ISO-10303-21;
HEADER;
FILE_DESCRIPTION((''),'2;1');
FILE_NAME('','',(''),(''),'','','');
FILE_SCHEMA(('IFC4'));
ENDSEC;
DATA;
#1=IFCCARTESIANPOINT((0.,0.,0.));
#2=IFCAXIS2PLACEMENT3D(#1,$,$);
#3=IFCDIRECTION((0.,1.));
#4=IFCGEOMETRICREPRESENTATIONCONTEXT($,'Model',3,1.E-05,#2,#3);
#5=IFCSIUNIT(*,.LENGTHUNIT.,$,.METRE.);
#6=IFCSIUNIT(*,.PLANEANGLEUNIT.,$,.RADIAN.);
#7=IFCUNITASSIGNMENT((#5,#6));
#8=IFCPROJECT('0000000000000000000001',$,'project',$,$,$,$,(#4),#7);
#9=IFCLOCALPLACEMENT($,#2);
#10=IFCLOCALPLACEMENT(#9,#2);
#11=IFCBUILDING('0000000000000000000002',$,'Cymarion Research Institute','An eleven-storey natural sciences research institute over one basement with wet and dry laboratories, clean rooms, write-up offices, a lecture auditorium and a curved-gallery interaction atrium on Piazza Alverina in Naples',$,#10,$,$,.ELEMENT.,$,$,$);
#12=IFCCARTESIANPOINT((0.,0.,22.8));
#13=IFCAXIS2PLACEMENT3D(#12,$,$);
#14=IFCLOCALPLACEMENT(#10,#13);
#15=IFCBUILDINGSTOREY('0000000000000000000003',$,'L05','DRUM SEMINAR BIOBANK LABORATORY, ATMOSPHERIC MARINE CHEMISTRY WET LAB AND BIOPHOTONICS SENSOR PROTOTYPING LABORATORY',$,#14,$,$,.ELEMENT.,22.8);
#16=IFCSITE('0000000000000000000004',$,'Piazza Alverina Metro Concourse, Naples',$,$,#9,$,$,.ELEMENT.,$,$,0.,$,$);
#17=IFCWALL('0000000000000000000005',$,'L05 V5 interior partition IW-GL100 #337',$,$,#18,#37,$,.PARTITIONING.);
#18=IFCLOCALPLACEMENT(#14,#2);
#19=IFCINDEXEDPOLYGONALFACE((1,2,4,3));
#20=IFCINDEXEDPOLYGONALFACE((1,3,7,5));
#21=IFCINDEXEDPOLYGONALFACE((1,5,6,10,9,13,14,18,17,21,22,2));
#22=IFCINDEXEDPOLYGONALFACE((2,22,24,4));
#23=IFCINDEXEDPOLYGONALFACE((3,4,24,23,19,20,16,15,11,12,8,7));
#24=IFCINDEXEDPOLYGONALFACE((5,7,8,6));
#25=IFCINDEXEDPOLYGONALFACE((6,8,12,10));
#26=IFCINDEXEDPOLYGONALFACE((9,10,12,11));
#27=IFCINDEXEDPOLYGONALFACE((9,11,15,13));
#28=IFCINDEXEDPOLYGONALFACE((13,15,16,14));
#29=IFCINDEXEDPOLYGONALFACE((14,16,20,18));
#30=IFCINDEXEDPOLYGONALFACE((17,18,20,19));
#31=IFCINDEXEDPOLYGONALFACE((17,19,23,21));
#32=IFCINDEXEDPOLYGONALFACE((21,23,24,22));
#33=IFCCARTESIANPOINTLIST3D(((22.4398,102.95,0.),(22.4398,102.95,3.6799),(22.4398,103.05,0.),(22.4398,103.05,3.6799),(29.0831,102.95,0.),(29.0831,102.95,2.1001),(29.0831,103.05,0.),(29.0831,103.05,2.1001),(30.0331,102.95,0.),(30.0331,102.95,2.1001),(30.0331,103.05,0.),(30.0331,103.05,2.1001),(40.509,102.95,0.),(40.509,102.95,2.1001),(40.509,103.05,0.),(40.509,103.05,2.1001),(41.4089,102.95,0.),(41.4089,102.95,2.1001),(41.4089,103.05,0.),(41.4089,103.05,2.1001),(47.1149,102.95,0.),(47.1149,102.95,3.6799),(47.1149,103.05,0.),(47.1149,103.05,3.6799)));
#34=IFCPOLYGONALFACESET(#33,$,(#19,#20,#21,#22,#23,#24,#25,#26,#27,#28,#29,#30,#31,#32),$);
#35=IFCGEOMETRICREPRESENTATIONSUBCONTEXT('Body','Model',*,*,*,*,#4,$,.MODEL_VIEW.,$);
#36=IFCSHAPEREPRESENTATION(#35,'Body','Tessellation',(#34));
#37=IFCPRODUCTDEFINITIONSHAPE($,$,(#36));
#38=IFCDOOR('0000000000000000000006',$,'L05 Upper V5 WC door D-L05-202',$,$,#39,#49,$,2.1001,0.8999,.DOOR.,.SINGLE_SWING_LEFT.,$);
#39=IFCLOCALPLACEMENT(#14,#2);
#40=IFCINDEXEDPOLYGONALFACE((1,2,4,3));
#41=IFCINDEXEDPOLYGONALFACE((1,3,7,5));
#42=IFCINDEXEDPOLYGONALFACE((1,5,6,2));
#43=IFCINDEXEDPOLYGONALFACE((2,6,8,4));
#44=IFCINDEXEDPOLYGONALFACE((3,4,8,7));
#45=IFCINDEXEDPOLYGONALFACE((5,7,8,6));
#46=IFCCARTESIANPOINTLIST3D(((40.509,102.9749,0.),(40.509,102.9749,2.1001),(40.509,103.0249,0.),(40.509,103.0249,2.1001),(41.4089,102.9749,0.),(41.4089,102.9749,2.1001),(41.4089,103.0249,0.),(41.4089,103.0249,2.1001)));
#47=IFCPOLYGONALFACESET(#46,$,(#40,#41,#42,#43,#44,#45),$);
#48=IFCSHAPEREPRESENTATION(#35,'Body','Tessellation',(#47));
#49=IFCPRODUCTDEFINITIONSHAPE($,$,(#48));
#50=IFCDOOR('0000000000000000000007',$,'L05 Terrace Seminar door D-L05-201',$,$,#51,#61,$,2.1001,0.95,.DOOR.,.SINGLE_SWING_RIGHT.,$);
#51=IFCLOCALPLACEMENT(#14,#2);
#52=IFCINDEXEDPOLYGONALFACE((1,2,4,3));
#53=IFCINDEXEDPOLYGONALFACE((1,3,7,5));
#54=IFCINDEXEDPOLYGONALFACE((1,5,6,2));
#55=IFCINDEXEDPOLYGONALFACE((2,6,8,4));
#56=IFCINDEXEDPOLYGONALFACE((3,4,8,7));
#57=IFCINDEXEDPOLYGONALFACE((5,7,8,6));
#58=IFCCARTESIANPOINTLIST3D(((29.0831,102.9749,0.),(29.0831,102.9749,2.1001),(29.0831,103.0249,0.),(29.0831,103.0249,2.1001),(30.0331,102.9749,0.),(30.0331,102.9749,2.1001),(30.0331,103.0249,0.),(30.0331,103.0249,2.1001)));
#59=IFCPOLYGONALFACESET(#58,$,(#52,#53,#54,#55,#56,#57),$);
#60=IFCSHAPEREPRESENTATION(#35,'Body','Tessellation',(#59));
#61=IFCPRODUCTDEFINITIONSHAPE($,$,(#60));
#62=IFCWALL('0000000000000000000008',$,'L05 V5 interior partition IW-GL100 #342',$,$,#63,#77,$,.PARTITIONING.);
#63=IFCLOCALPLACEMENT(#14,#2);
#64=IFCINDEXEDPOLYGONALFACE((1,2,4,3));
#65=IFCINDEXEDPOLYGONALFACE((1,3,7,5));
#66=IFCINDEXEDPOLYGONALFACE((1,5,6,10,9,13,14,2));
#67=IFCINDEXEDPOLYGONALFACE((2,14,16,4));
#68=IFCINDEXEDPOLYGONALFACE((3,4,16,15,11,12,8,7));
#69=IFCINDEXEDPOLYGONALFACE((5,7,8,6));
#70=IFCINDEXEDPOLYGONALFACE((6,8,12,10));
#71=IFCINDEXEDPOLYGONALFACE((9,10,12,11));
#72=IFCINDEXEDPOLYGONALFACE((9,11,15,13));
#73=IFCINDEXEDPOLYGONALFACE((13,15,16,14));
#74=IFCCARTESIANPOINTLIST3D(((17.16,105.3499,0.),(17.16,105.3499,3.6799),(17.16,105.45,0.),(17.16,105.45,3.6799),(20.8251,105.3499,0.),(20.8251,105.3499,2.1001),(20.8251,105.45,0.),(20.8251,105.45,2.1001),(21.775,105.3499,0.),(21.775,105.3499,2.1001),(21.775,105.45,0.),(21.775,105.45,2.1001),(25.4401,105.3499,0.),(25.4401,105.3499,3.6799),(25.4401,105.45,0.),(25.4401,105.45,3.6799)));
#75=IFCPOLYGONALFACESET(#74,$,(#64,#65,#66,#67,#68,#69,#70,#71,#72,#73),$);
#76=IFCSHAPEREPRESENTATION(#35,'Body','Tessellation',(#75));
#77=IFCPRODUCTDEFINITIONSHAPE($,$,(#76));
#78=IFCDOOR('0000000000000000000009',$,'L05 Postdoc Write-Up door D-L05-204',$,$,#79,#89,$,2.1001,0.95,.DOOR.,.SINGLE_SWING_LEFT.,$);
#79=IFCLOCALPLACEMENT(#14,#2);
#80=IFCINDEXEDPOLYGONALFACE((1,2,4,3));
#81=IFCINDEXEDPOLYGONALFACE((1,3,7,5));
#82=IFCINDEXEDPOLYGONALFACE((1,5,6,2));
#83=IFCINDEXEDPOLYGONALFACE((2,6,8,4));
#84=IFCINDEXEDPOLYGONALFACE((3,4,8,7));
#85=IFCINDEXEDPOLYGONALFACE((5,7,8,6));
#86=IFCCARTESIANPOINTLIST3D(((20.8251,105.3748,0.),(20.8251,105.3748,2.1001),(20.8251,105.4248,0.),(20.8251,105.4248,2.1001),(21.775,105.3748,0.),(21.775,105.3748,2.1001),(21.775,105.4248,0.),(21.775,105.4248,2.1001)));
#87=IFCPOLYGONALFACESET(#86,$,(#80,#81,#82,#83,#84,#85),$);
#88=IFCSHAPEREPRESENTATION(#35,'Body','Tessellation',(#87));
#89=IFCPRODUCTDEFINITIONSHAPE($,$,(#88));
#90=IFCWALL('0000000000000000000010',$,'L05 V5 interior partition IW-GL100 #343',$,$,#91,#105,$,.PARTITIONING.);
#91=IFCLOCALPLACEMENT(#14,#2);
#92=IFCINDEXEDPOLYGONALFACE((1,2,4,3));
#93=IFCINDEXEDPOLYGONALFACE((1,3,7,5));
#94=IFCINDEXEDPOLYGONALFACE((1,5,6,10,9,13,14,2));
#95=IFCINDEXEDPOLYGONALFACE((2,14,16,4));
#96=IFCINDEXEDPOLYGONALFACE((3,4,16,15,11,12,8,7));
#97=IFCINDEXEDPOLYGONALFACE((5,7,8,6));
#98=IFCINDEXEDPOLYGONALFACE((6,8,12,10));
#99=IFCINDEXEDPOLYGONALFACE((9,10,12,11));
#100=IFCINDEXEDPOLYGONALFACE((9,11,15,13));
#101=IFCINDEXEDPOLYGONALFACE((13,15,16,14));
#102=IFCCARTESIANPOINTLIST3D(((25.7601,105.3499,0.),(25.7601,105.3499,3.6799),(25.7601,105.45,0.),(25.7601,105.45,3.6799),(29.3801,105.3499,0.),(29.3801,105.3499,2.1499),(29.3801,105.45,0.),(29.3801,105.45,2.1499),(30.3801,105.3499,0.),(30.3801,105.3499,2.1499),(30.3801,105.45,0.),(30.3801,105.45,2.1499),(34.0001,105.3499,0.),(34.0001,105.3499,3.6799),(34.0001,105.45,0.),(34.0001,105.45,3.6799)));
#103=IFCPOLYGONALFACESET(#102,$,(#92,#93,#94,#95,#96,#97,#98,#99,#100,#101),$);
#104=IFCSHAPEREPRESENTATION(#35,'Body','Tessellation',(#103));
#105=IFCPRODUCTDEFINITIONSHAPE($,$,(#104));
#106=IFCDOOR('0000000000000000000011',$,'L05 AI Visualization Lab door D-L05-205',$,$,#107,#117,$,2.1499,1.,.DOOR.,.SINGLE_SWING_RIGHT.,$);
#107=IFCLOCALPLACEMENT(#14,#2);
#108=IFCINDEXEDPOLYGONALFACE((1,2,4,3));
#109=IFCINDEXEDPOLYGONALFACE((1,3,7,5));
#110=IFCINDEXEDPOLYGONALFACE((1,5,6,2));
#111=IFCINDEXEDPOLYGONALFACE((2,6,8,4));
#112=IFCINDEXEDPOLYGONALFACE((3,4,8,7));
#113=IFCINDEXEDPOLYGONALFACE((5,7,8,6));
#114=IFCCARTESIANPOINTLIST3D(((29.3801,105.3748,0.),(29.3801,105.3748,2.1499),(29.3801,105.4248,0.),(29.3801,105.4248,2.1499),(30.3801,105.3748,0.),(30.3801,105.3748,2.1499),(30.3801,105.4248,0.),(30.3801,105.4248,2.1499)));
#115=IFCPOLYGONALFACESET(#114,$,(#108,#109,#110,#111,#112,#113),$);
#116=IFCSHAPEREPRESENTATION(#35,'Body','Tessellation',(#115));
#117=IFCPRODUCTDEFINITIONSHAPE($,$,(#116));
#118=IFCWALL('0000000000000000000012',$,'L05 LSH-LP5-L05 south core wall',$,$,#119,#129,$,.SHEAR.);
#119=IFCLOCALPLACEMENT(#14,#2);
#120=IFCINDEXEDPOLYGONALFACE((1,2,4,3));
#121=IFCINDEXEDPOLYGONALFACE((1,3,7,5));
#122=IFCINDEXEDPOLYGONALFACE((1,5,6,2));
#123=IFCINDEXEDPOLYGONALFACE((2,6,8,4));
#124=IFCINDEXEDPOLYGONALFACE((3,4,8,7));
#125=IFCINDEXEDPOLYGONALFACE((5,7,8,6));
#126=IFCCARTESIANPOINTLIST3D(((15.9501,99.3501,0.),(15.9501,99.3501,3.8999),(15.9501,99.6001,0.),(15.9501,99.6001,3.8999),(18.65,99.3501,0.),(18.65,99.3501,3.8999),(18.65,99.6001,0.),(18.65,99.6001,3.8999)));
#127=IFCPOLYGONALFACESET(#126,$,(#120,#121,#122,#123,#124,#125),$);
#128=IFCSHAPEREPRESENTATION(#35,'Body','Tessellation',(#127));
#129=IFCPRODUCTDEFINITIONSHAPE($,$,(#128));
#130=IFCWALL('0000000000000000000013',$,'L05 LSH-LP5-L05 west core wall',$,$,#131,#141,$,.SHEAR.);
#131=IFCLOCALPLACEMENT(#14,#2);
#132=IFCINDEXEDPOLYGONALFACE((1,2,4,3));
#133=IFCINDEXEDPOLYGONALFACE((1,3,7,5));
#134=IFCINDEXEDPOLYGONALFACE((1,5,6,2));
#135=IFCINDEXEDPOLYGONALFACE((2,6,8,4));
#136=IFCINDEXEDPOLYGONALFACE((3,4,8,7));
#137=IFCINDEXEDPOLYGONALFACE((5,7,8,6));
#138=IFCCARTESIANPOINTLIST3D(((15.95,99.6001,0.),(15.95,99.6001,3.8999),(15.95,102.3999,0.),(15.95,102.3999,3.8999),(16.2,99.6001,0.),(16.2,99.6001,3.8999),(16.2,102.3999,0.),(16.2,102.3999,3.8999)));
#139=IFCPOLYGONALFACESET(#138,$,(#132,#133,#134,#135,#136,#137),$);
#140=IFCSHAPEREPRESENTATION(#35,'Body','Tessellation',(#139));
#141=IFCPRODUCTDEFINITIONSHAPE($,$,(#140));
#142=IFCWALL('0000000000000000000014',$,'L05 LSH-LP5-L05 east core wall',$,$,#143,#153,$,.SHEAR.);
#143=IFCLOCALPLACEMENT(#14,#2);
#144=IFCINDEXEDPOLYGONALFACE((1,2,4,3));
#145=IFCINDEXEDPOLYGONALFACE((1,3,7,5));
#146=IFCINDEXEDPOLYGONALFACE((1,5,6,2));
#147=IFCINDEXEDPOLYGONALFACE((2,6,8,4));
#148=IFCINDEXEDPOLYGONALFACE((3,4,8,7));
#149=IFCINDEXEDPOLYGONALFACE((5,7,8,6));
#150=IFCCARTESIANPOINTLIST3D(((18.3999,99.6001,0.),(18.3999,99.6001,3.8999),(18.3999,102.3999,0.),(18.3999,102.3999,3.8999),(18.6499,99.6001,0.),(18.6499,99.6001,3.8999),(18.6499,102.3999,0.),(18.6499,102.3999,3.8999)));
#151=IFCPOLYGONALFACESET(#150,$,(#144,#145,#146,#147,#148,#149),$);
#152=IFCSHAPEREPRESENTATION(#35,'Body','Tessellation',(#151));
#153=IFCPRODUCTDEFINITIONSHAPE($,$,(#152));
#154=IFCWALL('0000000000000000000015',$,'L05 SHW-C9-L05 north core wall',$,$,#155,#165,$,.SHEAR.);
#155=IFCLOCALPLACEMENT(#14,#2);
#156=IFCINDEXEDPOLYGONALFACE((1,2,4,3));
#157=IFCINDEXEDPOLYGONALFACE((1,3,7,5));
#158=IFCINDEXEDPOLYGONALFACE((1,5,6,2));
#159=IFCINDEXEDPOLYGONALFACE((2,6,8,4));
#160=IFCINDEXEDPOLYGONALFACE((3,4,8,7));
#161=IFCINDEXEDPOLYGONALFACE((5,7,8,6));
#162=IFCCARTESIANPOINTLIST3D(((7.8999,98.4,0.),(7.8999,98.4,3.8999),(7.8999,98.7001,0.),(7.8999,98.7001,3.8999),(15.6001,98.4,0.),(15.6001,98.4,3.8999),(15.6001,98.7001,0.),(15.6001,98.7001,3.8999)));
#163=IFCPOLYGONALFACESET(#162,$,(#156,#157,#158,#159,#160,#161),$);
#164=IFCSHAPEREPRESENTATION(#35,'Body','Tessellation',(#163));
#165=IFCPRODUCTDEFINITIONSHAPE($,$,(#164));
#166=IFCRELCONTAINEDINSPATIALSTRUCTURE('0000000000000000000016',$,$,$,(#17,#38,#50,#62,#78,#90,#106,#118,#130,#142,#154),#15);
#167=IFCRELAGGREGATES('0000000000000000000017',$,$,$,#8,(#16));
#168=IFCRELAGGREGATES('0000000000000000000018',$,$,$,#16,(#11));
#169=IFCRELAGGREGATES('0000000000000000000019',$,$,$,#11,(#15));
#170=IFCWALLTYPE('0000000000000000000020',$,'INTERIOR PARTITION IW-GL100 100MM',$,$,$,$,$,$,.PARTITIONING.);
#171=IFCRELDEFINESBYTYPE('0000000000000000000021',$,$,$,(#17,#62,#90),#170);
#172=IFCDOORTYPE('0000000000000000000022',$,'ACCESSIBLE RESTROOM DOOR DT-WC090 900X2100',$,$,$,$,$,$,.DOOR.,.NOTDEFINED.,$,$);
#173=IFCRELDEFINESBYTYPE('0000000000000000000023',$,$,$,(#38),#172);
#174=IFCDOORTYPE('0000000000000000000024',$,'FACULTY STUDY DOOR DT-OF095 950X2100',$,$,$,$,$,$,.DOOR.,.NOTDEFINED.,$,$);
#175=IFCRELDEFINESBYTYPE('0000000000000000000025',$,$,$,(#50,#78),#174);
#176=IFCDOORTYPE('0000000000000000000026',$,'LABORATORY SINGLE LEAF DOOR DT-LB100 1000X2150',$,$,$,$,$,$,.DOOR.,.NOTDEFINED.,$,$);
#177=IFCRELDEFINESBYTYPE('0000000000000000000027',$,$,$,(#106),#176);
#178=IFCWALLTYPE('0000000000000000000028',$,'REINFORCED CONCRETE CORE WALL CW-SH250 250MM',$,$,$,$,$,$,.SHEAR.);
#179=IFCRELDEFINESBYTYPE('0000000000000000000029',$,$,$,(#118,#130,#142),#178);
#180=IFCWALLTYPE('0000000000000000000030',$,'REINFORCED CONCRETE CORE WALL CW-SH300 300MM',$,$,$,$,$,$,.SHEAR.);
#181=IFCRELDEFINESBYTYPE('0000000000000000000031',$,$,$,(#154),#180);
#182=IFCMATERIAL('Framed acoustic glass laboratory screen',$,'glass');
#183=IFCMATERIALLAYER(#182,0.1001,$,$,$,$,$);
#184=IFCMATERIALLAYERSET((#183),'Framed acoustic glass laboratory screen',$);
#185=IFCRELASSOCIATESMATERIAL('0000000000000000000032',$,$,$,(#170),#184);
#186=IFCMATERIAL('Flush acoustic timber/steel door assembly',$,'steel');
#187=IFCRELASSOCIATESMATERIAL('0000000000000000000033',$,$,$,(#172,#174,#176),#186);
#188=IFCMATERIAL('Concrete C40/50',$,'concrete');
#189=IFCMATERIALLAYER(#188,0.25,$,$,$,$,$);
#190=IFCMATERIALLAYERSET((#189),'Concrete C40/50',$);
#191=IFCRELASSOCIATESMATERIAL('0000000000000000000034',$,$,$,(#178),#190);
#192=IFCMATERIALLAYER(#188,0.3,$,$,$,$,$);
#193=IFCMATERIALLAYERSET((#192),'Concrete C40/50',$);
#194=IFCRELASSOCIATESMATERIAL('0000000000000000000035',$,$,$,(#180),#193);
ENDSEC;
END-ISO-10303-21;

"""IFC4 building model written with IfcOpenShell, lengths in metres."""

from ifc_helpers import new_model, si_unit, direction, frame, frame_2d, origin, place, context, subcontext, project, spatial, rectangle, extrude, material, layer, layer_set, type_object, element, fill, save


model = new_model("IFC4")

# Units and contexts
model_context = context("Model", 3, precision=1e-05, world=origin(), true_north=direction((0.0, 1.0)))
body_context = subcontext(model_context, "Body", "Model", "MODEL_VIEW")
ifc_project = project(units=[si_unit("LENGTHUNIT", "METRE"), si_unit("PLANEANGLEUNIT", "RADIAN")], contexts=[model_context])

# Site, building, storey
site_placement = place(None, origin())
site = spatial("IfcSite", under=ifc_project, at=site_placement, Name="Piazza Alverina Metro Concourse, Naples", CompositionType="ELEMENT", RefElevation=0.0)
building_placement = place(site_placement, origin())
building = spatial("IfcBuilding", under=site, at=building_placement, Name="Cymarion Research Institute", Description="An eleven-storey natural sciences research institute over one basement with wet and dry laboratories, clean rooms, write-up offices, a lecture auditorium and a curved-gallery interaction atrium on Piazza Alverina in Naples", CompositionType="ELEMENT")
storey_placement = place(building_placement, frame((0.0, 0.0, 22.8)))
storey = spatial("IfcBuildingStorey", under=building, at=storey_placement, Name="L05", Description="DRUM SEMINAR BIOBANK LABORATORY, ATMOSPHERIC MARINE CHEMISTRY WET LAB AND BIOPHOTONICS SENSOR PROTOTYPING LABORATORY", CompositionType="ELEMENT", Elevation=22.8)

# Wall, openings, doors
ifc_material_1 = material(Name="Framed acoustic glass laboratory screen", Category="glass")
ifc_layer_1 = layer(ifc_material_1, 0.1001)
ifc_layer_set_1 = layer_set([ifc_layer_1], Name="Framed acoustic glass laboratory screen")
wall_type_1 = type_object("IfcWallType", Name="INTERIOR PARTITION IW-GL100 100MM", PredefinedType="PARTITIONING", material=ifc_layer_set_1)
wall_1_placement = place(storey_placement, frame((22.4399, 103.0, 0.0), z_axis=(0.0, 0.0, 1.0), x_axis=(1.0, 0.0, 0.0)))
wall_1 = element("IfcWall", 1, at=wall_1_placement, inside=storey, type_object=wall_type_1, Name="L05 V5 interior partition IW-GL100 #337", PredefinedType="PARTITIONING", context=body_context, shape_type="SweptSolid", body=[
    extrude(rectangle(XDim=24.675, YDim=0.1001, at=frame_2d((12.3374, 0.0))), origin(), (0.0, 0.0, 1.0), 3.6799),
])
opening_1_placement = place(wall_1_placement, frame((6.6431, 0.0, 0.0)))
opening_1 = element("IfcOpeningElement", 2, at=opening_1_placement, cuts=wall_1, PredefinedType="OPENING", context=body_context, shape_type="SweptSolid", body=[
    extrude(rectangle(XDim=0.95, YDim=2.1001, at=frame_2d((0.4751, 1.05))), frame((0.0, 0.0601, 0.0), z_axis=(0.0, -1.0, 0.0), x_axis=(1.0, 0.0, 0.0)), (0.0, 0.0, 1.0), 0.1201),
])
opening_2_placement = place(wall_1_placement, frame((18.0691, 0.0, 0.0)))
opening_2 = element("IfcOpeningElement", 3, at=opening_2_placement, cuts=wall_1, PredefinedType="OPENING", context=body_context, shape_type="SweptSolid", body=[
    extrude(rectangle(XDim=0.8999, YDim=2.1001, at=frame_2d((0.45, 1.05))), frame((0.0, 0.0601, 0.0), z_axis=(0.0, -1.0, 0.0), x_axis=(1.0, 0.0, 0.0)), (0.0, 0.0, 1.0), 0.1201),
])
ifc_material_2 = material(Name="Flush acoustic timber/steel door assembly", Category="steel")
door_type_1 = type_object("IfcDoorType", Name="ACCESSIBLE RESTROOM DOOR DT-WC090 900X2100", OperationType="NOTDEFINED", PredefinedType="DOOR", material=ifc_material_2)
door_1_placement = place(opening_2_placement, origin())
door_1 = element("IfcDoor", 4, at=door_1_placement, inside=storey, type_object=door_type_1, Name="L05 Upper V5 WC door D-L05-202", OperationType="SINGLE_SWING_LEFT", OverallHeight=2.1001, OverallWidth=0.8999, PredefinedType="DOOR", context=body_context, shape_type="SweptSolid", body=[
    extrude(rectangle(XDim=0.8999, YDim=2.1001, at=frame_2d((0.45, 1.05))), frame((0.0, 0.0249, 0.0), z_axis=(0.0, -1.0, 0.0), x_axis=(1.0, 0.0, 0.0)), (0.0, 0.0, 1.0), 0.05),
])
fill(opening_2, door_1)
door_type_2 = type_object("IfcDoorType", Name="FACULTY STUDY DOOR DT-OF095 950X2100", OperationType="NOTDEFINED", PredefinedType="DOOR", material=ifc_material_2)
door_2_placement = place(opening_1_placement, origin())
door_2 = element("IfcDoor", 5, at=door_2_placement, inside=storey, type_object=door_type_2, Name="L05 Terrace Seminar door D-L05-201", OperationType="SINGLE_SWING_RIGHT", OverallHeight=2.1001, OverallWidth=0.95, PredefinedType="DOOR", context=body_context, shape_type="SweptSolid", body=[
    extrude(rectangle(XDim=0.95, YDim=2.1001, at=frame_2d((0.4751, 1.05))), frame((0.0, 0.0249, 0.0), z_axis=(0.0, -1.0, 0.0), x_axis=(1.0, 0.0, 0.0)), (0.0, 0.0, 1.0), 0.05),
])
fill(opening_1, door_2)

# Walls, openings, doors
wall_2_placement = place(storey_placement, frame((17.1599, 105.3999, 0.0), z_axis=(0.0, 0.0, 1.0), x_axis=(1.0, 0.0, 0.0)))
wall_2 = element("IfcWall", 6, at=wall_2_placement, inside=storey, type_object=wall_type_1, Name="L05 V5 interior partition IW-GL100 #342", PredefinedType="PARTITIONING", context=body_context, shape_type="SweptSolid", body=[
    extrude(rectangle(XDim=8.28, YDim=0.1001, at=frame_2d((4.1401, 0.0))), origin(), (0.0, 0.0, 1.0), 3.6799),
])
opening_3_placement = place(wall_2_placement, frame((3.665, 0.0, 0.0)))
opening_3 = element("IfcOpeningElement", 7, at=opening_3_placement, cuts=wall_2, PredefinedType="OPENING", context=body_context, shape_type="SweptSolid", body=[
    extrude(rectangle(XDim=0.95, YDim=2.1001, at=frame_2d((0.4751, 1.05))), frame((0.0, 0.0601, 0.0), z_axis=(0.0, -1.0, 0.0), x_axis=(1.0, 0.0, 0.0)), (0.0, 0.0, 1.0), 0.1201),
])
door_3_placement = place(opening_3_placement, origin())
door_3 = element("IfcDoor", 8, at=door_3_placement, inside=storey, type_object=door_type_2, Name="L05 Postdoc Write-Up door D-L05-204", OperationType="SINGLE_SWING_LEFT", OverallHeight=2.1001, OverallWidth=0.95, PredefinedType="DOOR", context=body_context, shape_type="SweptSolid", body=[
    extrude(rectangle(XDim=0.95, YDim=2.1001, at=frame_2d((0.4751, 1.05))), frame((0.0, 0.0249, 0.0), z_axis=(0.0, -1.0, 0.0), x_axis=(1.0, 0.0, 0.0)), (0.0, 0.0, 1.0), 0.05),
])
fill(opening_3, door_3)
wall_3_placement = place(storey_placement, frame((25.76, 105.3999, 0.0), z_axis=(0.0, 0.0, 1.0), x_axis=(1.0, 0.0, 0.0)))
wall_3 = element("IfcWall", 9, at=wall_3_placement, inside=storey, type_object=wall_type_1, Name="L05 V5 interior partition IW-GL100 #343", PredefinedType="PARTITIONING", context=body_context, shape_type="SweptSolid", body=[
    extrude(rectangle(XDim=8.24, YDim=0.1001, at=frame_2d((4.1201, 0.0))), origin(), (0.0, 0.0, 1.0), 3.6799),
])
opening_4_placement = place(wall_3_placement, frame((3.6201, 0.0, 0.0)))
opening_4 = element("IfcOpeningElement", 10, at=opening_4_placement, cuts=wall_3, PredefinedType="OPENING", context=body_context, shape_type="SweptSolid", body=[
    extrude(rectangle(XDim=1.0, YDim=2.1499, at=frame_2d((0.5, 1.075))), frame((0.0, 0.0601, 0.0), z_axis=(0.0, -1.0, 0.0), x_axis=(1.0, 0.0, 0.0)), (0.0, 0.0, 1.0), 0.1201),
])
door_type_3 = type_object("IfcDoorType", Name="LABORATORY SINGLE LEAF DOOR DT-LB100 1000X2150", OperationType="NOTDEFINED", PredefinedType="DOOR", material=ifc_material_2)
door_4_placement = place(opening_4_placement, origin())
door_4 = element("IfcDoor", 11, at=door_4_placement, inside=storey, type_object=door_type_3, Name="L05 AI Visualization Lab door D-L05-205", OperationType="SINGLE_SWING_RIGHT", OverallHeight=2.1499, OverallWidth=1.0, PredefinedType="DOOR", context=body_context, shape_type="SweptSolid", body=[
    extrude(rectangle(XDim=1.0, YDim=2.1499, at=frame_2d((0.5, 1.075))), frame((0.0, 0.0249, 0.0), z_axis=(0.0, -1.0, 0.0), x_axis=(1.0, 0.0, 0.0)), (0.0, 0.0, 1.0), 0.05),
])
fill(opening_4, door_4)

# Wall
ifc_material_3 = material(Name="Concrete C40/50", Category="concrete")
ifc_layer_2 = layer(ifc_material_3, 0.25)
ifc_layer_set_2 = layer_set([ifc_layer_2], Name="Concrete C40/50")
wall_type_2 = type_object("IfcWallType", Name="REINFORCED CONCRETE CORE WALL CW-SH250 250MM", PredefinedType="SHEAR", material=ifc_layer_set_2)
wall_4_placement = place(storey_placement, frame((15.95, 99.4751, 0.0), z_axis=(0.0, 0.0, 1.0), x_axis=(1.0, 0.0, 0.0)))
element("IfcWall", 12, at=wall_4_placement, inside=storey, type_object=wall_type_2, Name="L05 LSH-LP5-L05 south core wall", PredefinedType="SHEAR", context=body_context, shape_type="SweptSolid", body=[
    extrude(rectangle(XDim=2.7, YDim=0.25, at=frame_2d((1.3501, 0.0))), origin(), (0.0, 0.0, 1.0), 3.8999),
])

# Walls
for number, where, z_axis, x_axis, name in (
    (13, (16.075, 102.3999, 0.0), (0.0, 0.0, 1.0), (0.0, -1.0, 0.0), "L05 LSH-LP5-L05 west core wall"),
    (14, (18.5249, 99.6001, 0.0), (0.0, 0.0, 1.0), (0.0, 1.0, 0.0), "L05 LSH-LP5-L05 east core wall"),
):
    element("IfcWall", number, at=place(storey_placement, frame(where, z_axis=z_axis, x_axis=x_axis)), inside=storey, type_object=wall_type_2, Name=name, PredefinedType="SHEAR", context=body_context, shape_type="SweptSolid", body=[
        extrude(rectangle(XDim=2.7998, YDim=0.25, at=frame_2d((1.3999, 0.0))), origin(), (0.0, 0.0, 1.0), 3.8999),
    ])
ifc_layer_3 = layer(ifc_material_3, 0.3)
ifc_layer_set_3 = layer_set([ifc_layer_3], Name="Concrete C40/50")
wall_type_3 = type_object("IfcWallType", Name="REINFORCED CONCRETE CORE WALL CW-SH300 300MM", PredefinedType="SHEAR", material=ifc_layer_set_3)
wall_5_placement = place(storey_placement, frame((15.6001, 98.55, 0.0), z_axis=(0.0, 0.0, 1.0), x_axis=(-1.0, 0.0, 0.0)))
element("IfcWall", 15, at=wall_5_placement, inside=storey, type_object=wall_type_3, Name="L05 SHW-C9-L05 north core wall", PredefinedType="SHEAR", context=body_context, shape_type="SweptSolid", body=[
    extrude(rectangle(XDim=7.7002, YDim=0.3, at=frame_2d((3.8501, 0.0))), origin(), (0.0, 0.0, 1.0), 3.8999),
])

save(model, "model.ifc")
